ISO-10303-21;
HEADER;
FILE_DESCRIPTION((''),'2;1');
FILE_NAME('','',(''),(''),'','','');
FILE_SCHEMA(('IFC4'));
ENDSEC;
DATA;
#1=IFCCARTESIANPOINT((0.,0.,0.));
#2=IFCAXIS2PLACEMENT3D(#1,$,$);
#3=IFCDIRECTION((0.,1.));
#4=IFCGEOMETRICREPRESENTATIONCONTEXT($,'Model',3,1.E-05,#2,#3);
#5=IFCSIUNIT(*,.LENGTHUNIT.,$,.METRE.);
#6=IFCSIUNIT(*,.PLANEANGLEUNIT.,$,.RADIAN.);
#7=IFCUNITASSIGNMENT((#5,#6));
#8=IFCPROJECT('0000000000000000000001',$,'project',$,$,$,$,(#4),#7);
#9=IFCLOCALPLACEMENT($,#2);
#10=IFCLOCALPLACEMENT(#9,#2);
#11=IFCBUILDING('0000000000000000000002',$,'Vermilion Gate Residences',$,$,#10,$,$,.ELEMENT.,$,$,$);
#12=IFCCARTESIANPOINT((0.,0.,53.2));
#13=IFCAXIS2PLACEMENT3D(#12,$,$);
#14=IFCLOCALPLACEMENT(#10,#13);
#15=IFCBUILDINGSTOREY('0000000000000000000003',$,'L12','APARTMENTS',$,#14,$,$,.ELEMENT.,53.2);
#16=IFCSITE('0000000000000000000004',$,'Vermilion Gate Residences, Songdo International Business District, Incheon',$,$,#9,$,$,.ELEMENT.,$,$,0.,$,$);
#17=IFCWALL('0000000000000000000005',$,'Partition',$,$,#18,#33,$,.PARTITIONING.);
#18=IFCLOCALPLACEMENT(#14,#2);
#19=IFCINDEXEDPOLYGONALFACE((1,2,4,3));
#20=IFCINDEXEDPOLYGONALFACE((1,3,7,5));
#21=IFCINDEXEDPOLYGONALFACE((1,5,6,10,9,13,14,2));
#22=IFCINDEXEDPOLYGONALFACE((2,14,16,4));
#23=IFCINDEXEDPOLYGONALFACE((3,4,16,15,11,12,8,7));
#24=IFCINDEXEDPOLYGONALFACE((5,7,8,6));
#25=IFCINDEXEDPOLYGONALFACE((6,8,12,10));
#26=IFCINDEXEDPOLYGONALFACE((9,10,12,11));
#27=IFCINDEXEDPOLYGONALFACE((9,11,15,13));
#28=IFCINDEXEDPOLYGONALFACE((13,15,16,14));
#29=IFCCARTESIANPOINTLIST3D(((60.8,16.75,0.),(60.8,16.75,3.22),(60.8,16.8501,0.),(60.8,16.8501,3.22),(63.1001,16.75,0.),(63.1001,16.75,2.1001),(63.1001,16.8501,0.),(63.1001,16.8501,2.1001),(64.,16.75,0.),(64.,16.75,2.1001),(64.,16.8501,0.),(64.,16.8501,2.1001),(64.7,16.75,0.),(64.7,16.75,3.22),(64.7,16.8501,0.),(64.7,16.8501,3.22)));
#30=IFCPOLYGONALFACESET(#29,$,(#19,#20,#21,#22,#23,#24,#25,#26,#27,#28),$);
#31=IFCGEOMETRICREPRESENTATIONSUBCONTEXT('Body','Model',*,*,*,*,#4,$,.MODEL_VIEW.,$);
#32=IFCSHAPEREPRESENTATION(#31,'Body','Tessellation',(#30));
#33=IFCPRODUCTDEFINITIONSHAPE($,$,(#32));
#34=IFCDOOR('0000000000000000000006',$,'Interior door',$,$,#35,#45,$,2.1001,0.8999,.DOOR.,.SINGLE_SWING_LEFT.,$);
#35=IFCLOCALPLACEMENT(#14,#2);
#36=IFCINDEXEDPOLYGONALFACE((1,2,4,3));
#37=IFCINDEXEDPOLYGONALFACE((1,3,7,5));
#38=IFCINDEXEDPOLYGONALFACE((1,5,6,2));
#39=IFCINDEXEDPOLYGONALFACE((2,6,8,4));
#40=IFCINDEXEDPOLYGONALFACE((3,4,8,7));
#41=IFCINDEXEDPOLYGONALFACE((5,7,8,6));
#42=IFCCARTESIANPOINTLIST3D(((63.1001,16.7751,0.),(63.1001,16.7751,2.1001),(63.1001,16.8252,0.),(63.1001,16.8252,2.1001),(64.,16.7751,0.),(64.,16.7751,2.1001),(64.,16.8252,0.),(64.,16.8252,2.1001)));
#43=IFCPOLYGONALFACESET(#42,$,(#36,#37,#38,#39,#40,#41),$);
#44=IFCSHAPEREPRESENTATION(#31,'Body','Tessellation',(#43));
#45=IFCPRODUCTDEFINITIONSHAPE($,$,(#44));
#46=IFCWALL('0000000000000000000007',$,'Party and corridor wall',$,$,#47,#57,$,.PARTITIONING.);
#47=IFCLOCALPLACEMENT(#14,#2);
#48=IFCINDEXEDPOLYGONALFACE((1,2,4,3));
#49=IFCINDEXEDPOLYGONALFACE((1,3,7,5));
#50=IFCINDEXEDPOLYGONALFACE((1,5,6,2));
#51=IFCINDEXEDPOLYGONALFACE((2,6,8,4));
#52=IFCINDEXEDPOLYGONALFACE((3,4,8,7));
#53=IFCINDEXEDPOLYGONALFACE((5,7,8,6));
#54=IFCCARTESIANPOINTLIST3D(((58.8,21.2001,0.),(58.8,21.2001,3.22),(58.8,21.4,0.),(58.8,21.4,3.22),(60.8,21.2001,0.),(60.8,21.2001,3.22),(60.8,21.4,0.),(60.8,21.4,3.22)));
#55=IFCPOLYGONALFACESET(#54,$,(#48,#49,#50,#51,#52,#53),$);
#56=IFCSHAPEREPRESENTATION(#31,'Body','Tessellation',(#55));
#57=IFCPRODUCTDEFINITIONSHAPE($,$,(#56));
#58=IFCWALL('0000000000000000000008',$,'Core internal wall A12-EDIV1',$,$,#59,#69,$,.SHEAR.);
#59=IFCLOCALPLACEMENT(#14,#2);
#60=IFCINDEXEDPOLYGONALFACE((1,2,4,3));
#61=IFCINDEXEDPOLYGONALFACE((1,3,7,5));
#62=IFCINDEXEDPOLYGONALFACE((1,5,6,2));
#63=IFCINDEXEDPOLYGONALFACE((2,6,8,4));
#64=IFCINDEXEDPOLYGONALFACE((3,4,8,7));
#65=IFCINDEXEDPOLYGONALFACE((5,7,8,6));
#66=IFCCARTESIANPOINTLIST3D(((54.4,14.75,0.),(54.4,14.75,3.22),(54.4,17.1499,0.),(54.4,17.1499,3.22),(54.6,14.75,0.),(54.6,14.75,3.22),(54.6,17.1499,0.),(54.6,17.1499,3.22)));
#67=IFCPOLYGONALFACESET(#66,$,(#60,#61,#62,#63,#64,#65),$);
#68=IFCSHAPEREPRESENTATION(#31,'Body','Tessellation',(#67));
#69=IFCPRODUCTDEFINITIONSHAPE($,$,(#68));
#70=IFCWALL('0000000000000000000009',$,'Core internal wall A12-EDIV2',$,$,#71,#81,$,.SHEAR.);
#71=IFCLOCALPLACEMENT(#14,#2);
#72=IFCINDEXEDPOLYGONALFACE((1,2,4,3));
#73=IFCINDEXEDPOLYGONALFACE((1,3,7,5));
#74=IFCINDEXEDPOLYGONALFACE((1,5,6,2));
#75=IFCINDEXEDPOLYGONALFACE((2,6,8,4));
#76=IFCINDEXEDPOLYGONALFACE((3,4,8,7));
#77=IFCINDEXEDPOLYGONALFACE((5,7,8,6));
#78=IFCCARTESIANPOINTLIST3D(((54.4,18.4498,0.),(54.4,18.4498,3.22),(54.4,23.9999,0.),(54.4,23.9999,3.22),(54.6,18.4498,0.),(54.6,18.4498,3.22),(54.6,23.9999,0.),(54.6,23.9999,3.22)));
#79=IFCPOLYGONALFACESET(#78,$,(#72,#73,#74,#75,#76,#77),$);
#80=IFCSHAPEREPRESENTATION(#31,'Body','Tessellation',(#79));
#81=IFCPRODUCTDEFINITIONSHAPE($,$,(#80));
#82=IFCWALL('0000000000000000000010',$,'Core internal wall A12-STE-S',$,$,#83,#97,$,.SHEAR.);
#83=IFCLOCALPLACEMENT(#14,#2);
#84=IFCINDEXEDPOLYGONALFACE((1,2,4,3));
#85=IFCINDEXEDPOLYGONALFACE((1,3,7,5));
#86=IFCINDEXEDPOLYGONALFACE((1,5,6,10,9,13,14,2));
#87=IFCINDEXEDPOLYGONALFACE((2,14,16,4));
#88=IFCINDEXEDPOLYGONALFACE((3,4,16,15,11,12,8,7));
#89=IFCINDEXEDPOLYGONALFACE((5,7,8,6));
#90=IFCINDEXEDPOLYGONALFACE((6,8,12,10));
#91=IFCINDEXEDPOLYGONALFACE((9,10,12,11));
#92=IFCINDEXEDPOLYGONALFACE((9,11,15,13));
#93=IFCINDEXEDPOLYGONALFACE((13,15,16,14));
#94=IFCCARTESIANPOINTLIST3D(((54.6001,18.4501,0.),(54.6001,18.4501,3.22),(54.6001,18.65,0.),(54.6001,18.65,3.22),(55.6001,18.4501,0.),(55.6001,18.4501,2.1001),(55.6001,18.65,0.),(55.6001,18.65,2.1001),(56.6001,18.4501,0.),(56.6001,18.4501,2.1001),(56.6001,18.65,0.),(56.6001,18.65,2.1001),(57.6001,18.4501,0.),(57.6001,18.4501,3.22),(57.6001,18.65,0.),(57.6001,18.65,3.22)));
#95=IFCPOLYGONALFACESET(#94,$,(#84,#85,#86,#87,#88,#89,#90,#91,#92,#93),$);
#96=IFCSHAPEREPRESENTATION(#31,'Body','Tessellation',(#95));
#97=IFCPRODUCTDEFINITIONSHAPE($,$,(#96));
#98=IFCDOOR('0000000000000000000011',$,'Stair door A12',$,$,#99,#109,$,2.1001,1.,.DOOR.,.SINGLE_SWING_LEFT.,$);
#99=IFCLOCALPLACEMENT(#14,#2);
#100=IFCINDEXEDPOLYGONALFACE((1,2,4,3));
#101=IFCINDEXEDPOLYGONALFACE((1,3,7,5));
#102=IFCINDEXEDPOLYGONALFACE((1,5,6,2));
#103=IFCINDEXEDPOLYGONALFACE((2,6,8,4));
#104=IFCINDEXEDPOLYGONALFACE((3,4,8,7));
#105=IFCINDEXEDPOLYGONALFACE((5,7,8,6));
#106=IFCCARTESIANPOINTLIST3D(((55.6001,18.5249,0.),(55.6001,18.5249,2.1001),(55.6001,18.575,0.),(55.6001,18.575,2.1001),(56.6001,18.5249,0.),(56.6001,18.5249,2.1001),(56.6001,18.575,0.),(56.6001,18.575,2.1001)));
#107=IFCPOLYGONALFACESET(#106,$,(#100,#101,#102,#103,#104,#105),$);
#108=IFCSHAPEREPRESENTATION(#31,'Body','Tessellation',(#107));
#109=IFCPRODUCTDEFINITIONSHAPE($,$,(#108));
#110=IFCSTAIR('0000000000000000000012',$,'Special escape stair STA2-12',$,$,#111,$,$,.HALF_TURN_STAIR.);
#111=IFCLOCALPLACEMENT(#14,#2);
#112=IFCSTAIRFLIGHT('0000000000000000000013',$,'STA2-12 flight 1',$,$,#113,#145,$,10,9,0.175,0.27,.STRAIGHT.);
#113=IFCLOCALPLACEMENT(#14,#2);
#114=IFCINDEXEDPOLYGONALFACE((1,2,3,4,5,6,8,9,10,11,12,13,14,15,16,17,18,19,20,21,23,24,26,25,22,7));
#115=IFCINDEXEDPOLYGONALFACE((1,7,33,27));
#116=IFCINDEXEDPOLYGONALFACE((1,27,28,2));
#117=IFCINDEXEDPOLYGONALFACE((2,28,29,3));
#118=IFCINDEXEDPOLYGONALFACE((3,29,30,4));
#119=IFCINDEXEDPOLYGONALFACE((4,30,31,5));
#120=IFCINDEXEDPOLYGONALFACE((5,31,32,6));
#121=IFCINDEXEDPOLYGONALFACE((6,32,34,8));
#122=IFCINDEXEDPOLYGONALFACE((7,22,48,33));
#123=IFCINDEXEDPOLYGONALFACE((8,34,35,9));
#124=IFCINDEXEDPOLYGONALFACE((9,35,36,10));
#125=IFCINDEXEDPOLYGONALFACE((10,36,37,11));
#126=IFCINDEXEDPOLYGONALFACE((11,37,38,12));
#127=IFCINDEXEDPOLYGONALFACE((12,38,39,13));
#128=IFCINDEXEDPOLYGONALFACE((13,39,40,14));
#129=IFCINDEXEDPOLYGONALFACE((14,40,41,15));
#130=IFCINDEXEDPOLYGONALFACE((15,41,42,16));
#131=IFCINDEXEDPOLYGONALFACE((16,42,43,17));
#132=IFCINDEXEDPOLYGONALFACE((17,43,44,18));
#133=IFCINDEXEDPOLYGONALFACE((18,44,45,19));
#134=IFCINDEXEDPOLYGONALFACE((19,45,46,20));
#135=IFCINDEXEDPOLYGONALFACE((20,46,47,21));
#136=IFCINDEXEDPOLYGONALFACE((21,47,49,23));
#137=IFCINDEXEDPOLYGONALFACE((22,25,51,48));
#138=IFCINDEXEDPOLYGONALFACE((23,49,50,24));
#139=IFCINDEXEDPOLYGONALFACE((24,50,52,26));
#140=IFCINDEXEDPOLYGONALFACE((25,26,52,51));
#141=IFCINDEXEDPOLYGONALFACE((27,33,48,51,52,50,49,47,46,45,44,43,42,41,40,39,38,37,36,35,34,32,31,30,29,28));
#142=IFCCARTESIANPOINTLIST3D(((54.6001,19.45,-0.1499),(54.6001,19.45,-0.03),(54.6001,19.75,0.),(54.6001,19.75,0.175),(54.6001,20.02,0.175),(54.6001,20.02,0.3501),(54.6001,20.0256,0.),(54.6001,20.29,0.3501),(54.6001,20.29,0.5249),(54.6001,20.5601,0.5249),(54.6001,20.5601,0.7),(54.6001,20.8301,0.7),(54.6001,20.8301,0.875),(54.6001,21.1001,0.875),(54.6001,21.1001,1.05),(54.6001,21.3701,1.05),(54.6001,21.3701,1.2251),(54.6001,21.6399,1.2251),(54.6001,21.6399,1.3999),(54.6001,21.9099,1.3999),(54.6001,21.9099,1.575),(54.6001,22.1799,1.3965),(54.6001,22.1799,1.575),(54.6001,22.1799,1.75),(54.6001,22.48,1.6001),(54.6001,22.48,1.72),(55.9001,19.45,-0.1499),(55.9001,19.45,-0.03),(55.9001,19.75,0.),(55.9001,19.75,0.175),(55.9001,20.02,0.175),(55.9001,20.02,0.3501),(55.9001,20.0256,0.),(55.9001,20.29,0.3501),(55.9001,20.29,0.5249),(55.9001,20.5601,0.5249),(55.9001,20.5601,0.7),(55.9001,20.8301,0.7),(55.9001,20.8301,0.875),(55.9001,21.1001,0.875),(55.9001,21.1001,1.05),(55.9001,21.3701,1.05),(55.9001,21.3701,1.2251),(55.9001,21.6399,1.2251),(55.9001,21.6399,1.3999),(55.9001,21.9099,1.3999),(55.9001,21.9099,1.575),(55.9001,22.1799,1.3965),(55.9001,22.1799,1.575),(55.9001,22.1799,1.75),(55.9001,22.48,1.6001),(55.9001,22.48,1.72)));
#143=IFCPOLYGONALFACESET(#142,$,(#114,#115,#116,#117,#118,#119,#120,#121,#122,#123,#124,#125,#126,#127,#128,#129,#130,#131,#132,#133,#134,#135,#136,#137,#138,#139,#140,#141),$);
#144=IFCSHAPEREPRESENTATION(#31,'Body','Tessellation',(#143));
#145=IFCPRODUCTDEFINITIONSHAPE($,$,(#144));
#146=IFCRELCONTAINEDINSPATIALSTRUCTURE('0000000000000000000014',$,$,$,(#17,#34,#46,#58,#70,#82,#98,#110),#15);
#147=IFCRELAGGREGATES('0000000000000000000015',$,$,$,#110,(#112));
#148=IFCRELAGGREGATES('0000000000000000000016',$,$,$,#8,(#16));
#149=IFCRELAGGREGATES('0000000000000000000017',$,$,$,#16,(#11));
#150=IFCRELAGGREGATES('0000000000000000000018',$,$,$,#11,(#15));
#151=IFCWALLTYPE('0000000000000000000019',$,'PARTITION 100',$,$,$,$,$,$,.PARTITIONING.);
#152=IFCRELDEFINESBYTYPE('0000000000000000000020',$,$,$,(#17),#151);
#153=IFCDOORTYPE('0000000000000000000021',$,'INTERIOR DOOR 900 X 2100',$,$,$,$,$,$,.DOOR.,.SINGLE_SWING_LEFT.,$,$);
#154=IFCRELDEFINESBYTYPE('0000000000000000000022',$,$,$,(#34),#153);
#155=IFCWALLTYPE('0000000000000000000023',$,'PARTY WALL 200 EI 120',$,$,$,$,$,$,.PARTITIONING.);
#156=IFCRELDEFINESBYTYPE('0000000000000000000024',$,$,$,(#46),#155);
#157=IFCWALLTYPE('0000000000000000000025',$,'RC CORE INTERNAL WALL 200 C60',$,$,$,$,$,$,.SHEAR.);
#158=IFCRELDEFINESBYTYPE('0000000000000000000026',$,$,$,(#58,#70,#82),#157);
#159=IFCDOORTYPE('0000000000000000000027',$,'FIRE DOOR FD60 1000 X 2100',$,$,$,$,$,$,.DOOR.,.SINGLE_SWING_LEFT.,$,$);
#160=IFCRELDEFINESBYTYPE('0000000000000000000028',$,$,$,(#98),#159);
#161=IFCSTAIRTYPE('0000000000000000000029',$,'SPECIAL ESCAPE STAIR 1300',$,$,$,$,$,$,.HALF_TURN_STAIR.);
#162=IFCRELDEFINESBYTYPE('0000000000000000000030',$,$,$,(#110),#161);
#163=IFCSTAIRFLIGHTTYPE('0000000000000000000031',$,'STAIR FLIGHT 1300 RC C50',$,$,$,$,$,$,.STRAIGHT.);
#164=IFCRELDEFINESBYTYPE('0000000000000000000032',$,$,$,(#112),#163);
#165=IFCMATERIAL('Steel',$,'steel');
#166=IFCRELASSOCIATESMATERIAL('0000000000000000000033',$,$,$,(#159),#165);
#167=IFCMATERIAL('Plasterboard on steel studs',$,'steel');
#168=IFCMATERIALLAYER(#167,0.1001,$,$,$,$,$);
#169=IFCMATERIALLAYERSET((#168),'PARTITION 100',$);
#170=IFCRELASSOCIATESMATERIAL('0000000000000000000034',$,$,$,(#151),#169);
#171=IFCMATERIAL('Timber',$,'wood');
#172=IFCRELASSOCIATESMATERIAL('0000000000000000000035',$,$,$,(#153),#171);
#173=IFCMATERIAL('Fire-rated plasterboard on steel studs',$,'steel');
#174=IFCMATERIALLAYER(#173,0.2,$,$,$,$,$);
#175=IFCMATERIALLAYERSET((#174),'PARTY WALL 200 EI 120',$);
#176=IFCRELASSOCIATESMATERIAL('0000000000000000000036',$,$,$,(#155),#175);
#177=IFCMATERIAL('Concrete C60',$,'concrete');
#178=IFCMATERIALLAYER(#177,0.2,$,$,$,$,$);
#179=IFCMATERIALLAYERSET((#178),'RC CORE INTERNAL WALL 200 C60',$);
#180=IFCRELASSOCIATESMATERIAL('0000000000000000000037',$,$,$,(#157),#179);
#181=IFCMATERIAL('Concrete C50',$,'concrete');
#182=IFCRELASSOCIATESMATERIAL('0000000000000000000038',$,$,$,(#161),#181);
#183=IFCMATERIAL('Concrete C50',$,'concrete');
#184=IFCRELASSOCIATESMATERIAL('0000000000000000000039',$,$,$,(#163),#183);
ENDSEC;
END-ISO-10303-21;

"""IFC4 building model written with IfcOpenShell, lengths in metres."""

from ifc_helpers import new_model, si_unit, direction, frame, frame_2d, origin, place, context, subcontext, project, spatial, polyline, rectangle, outline, extrude, material, layer, layer_set, type_object, element, fill, aggregate, save


model = new_model("IFC4")

# Units and contexts
model_context = context("Model", 3, precision=1e-05, world=origin(), true_north=direction((0.0, 1.0)))
body_context = subcontext(model_context, "Body", "Model", "MODEL_VIEW")
ifc_project = project(units=[si_unit("LENGTHUNIT", "METRE"), si_unit("PLANEANGLEUNIT", "RADIAN")], contexts=[model_context])

# Site, building, storey
site_placement = place(None, origin())
site = spatial("IfcSite", under=ifc_project, at=site_placement, Name="Vermilion Gate Residences, Songdo International Business District, Incheon", CompositionType="ELEMENT", RefElevation=0.0)
building_placement = place(site_placement, origin())
building = spatial("IfcBuilding", under=site, at=building_placement, Name="Vermilion Gate Residences", CompositionType="ELEMENT")
storey_placement = place(building_placement, frame((0.0, 0.0, 53.2)))
storey = spatial("IfcBuildingStorey", under=building, at=storey_placement, Name="L12", Description="APARTMENTS", CompositionType="ELEMENT", Elevation=53.2)

# Shared definitions
ifc_material_1 = material(Name="Steel", Category="steel")
door_type_1 = type_object("IfcDoorType", Name="FIRE DOOR FD60 1000 X 2100", OperationType="SINGLE_SWING_LEFT", PredefinedType="DOOR", material=ifc_material_1)

# Shared definitions
ifc_material_2 = material(Name="Plasterboard on steel studs", Category="steel")
ifc_layer_1 = layer(ifc_material_2, 0.1001)
ifc_layer_set_1 = layer_set([ifc_layer_1], Name="PARTITION 100")
wall_type_1 = type_object("IfcWallType", Name="PARTITION 100", PredefinedType="PARTITIONING", material=ifc_layer_set_1)

# Wall, opening, door
wall_1_placement = place(storey_placement, frame((60.8, 16.8, 0.0), z_axis=(0.0, 0.0, 1.0), x_axis=(1.0, 0.0, 0.0)))
wall_1 = element("IfcWall", 1, at=wall_1_placement, inside=storey, type_object=wall_type_1, Name="Partition", PredefinedType="PARTITIONING", context=body_context, shape_type="SweptSolid", body=[
    extrude(rectangle(XDim=3.8999, YDim=0.1001, at=frame_2d((1.95, 0.0))), origin(), (0.0, 0.0, 1.0), 3.22),
])
opening_1_placement = place(wall_1_placement, frame((2.3, 0.0, 0.0)))
opening_1 = element("IfcOpeningElement", 2, at=opening_1_placement, cuts=wall_1, PredefinedType="OPENING", context=body_context, shape_type="SweptSolid", body=[
    extrude(rectangle(XDim=0.8999, YDim=2.1001, at=frame_2d((0.45, 1.05))), frame((0.0, 0.0601, 0.0), z_axis=(0.0, -1.0, 0.0), x_axis=(1.0, 0.0, 0.0)), (0.0, 0.0, 1.0), 0.1201),
])
ifc_material_3 = material(Name="Timber", Category="wood")
door_type_2 = type_object("IfcDoorType", Name="INTERIOR DOOR 900 X 2100", OperationType="SINGLE_SWING_LEFT", PredefinedType="DOOR", material=ifc_material_3)
door_1_placement = place(opening_1_placement, frame((0.8999, 0.0, 0.0), z_axis=(0.0, 0.0, 1.0), x_axis=(-1.0, 0.0, 0.0)))
door_1 = element("IfcDoor", 3, at=door_1_placement, inside=storey, type_object=door_type_2, Name="Interior door", OperationType="SINGLE_SWING_LEFT", OverallHeight=2.1001, OverallWidth=0.8999, PredefinedType="DOOR", context=body_context, shape_type="SweptSolid", body=[
    extrude(rectangle(XDim=0.8999, YDim=2.1001, at=frame_2d((0.45, 1.05))), frame((0.0, 0.0249, 0.0), z_axis=(0.0, -1.0, 0.0), x_axis=(1.0, 0.0, 0.0)), (0.0, 0.0, 1.0), 0.05),
])
fill(opening_1, door_1)

# Walls
ifc_material_4 = material(Name="Fire-rated plasterboard on steel studs", Category="steel")
ifc_layer_2 = layer(ifc_material_4, 0.2)
ifc_layer_set_2 = layer_set([ifc_layer_2], Name="PARTY WALL 200 EI 120")
wall_type_2 = type_object("IfcWallType", Name="PARTY WALL 200 EI 120", PredefinedType="PARTITIONING", material=ifc_layer_set_2)
wall_2_placement = place(storey_placement, frame((58.8, 21.3, 0.0), z_axis=(0.0, 0.0, 1.0), x_axis=(1.0, 0.0, 0.0)))
element("IfcWall", 4, at=wall_2_placement, inside=storey, type_object=wall_type_2, Name="Party and corridor wall", PredefinedType="PARTITIONING", context=body_context, shape_type="SweptSolid", body=[
    extrude(rectangle(XDim=2.0, YDim=0.2, at=frame_2d((1.0, 0.0))), origin(), (0.0, 0.0, 1.0), 3.22),
])
ifc_material_5 = material(Name="Concrete C60", Category="concrete")
ifc_layer_3 = layer(ifc_material_5, 0.2)
ifc_layer_set_3 = layer_set([ifc_layer_3], Name="RC CORE INTERNAL WALL 200 C60")
wall_type_3 = type_object("IfcWallType", Name="RC CORE INTERNAL WALL 200 C60", PredefinedType="SHEAR", material=ifc_layer_set_3)
wall_3_placement = place(storey_placement, frame((54.5, 14.75, 0.0), z_axis=(0.0, 0.0, 1.0), x_axis=(0.0, 1.0, 0.0)))
element("IfcWall", 5, at=wall_3_placement, inside=storey, type_object=wall_type_3, Name="Core internal wall A12-EDIV1", PredefinedType="SHEAR", context=body_context, shape_type="SweptSolid", body=[
    extrude(rectangle(XDim=2.3999, YDim=0.2, at=frame_2d((1.2, 0.0))), origin(), (0.0, 0.0, 1.0), 3.22),
])
wall_4_placement = place(storey_placement, frame((54.5, 18.45, 0.0), z_axis=(0.0, 0.0, 1.0), x_axis=(0.0, 1.0, 0.0)))
element("IfcWall", 6, at=wall_4_placement, inside=storey, type_object=wall_type_3, Name="Core internal wall A12-EDIV2", PredefinedType="SHEAR", context=body_context, shape_type="SweptSolid", body=[
    extrude(rectangle(XDim=5.55, YDim=0.2, at=frame_2d((2.7749, 0.0))), origin(), (0.0, 0.0, 1.0), 3.22),
])

# Wall, opening, door
wall_5_placement = place(storey_placement, frame((54.6001, 18.55, 0.0), z_axis=(0.0, 0.0, 1.0), x_axis=(1.0, 0.0, 0.0)))
wall_5 = element("IfcWall", 7, at=wall_5_placement, inside=storey, type_object=wall_type_3, Name="Core internal wall A12-STE-S", PredefinedType="SHEAR", context=body_context, shape_type="SweptSolid", body=[
    extrude(rectangle(XDim=3.0, YDim=0.2, at=frame_2d((1.5, 0.0))), origin(), (0.0, 0.0, 1.0), 3.22),
])
opening_2_placement = place(wall_5_placement, frame((1.0, 0.0, 0.0)))
opening_2 = element("IfcOpeningElement", 8, at=opening_2_placement, cuts=wall_5, PredefinedType="OPENING", context=body_context, shape_type="SweptSolid", body=[
    extrude(rectangle(XDim=1.0, YDim=2.1001, at=frame_2d((0.5, 1.05))), frame((0.0, 0.1099, 0.0), z_axis=(0.0, -1.0, 0.0), x_axis=(1.0, 0.0, 0.0)), (0.0, 0.0, 1.0), 0.22),
])
door_2_placement = place(opening_2_placement, origin())
door_2 = element("IfcDoor", 9, at=door_2_placement, inside=storey, type_object=door_type_1, Name="Stair door A12", OperationType="SINGLE_SWING_LEFT", OverallHeight=2.1001, OverallWidth=1.0, PredefinedType="DOOR", context=body_context, shape_type="SweptSolid", body=[
    extrude(rectangle(XDim=1.0, YDim=2.1001, at=frame_2d((0.5, 1.05))), frame((0.0, 0.0249, 0.0), z_axis=(0.0, -1.0, 0.0), x_axis=(1.0, 0.0, 0.0)), (0.0, 0.0, 1.0), 0.05),
])
fill(opening_2, door_2)

# Stair, stair flight
ifc_material_6 = material(Name="Concrete C50", Category="concrete")
stair_type = type_object("IfcStairType", Name="SPECIAL ESCAPE STAIR 1300", PredefinedType="HALF_TURN_STAIR", material=ifc_material_6)
stair_placement = place(storey_placement, origin())
stair = element("IfcStair", 10, at=stair_placement, inside=storey, type_object=stair_type, Name="Special escape stair STA2-12", PredefinedType="HALF_TURN_STAIR")
ifc_material_7 = material(Name="Concrete C50", Category="concrete")
stair_flight_type = type_object("IfcStairFlightType", Name="STAIR FLIGHT 1300 RC C50", PredefinedType="STRAIGHT", material=ifc_material_7)
stair_flight_1_placement = place(storey_placement, frame((55.25, 19.75, 0.0), z_axis=(0.0, 0.0, 1.0), x_axis=(0.0, 1.0, 0.0)))
stair_flight_1 = element("IfcStairFlight", 11, at=stair_flight_1_placement, type_object=stair_flight_type, Name="STA2-12 flight 1", NumberOfRisers=10, NumberOfTreads=9, PredefinedType="STRAIGHT", RiserHeight=0.175, TreadLength=0.27, context=body_context, shape_type="SweptSolid", body=[
    extrude(outline(polyline([(-0.3, -0.1499), (-0.3, -0.03), (0.0, 0.0), (0.0, 0.175), (0.27, 0.175), (0.27, 0.3501), (0.54, 0.3501), (0.54, 0.5249), (0.8101, 0.5249), (0.8101, 0.7), (1.0801, 0.7), (1.0801, 0.875), (1.3501, 0.875), (1.3501, 1.05), (1.6201, 1.05), (1.6201, 1.2251), (1.8899, 1.2251), (1.8899, 1.3999), (2.1599, 1.3999), (2.1599, 1.575), (2.4299, 1.575), (2.4299, 1.75), (2.73, 1.72), (2.73, 1.6001), (2.4299, 1.3965), (0.2756, 0.0), (-0.3, -0.1499)])), frame((0.0, 0.6499, 0.0), z_axis=(0.0, -1.0, 0.0), x_axis=(1.0, 0.0, 0.0)), (0.0, 0.0, 1.0), 1.3),
])
aggregate(stair, [stair_flight_1])

save(model, "model.ifc")
